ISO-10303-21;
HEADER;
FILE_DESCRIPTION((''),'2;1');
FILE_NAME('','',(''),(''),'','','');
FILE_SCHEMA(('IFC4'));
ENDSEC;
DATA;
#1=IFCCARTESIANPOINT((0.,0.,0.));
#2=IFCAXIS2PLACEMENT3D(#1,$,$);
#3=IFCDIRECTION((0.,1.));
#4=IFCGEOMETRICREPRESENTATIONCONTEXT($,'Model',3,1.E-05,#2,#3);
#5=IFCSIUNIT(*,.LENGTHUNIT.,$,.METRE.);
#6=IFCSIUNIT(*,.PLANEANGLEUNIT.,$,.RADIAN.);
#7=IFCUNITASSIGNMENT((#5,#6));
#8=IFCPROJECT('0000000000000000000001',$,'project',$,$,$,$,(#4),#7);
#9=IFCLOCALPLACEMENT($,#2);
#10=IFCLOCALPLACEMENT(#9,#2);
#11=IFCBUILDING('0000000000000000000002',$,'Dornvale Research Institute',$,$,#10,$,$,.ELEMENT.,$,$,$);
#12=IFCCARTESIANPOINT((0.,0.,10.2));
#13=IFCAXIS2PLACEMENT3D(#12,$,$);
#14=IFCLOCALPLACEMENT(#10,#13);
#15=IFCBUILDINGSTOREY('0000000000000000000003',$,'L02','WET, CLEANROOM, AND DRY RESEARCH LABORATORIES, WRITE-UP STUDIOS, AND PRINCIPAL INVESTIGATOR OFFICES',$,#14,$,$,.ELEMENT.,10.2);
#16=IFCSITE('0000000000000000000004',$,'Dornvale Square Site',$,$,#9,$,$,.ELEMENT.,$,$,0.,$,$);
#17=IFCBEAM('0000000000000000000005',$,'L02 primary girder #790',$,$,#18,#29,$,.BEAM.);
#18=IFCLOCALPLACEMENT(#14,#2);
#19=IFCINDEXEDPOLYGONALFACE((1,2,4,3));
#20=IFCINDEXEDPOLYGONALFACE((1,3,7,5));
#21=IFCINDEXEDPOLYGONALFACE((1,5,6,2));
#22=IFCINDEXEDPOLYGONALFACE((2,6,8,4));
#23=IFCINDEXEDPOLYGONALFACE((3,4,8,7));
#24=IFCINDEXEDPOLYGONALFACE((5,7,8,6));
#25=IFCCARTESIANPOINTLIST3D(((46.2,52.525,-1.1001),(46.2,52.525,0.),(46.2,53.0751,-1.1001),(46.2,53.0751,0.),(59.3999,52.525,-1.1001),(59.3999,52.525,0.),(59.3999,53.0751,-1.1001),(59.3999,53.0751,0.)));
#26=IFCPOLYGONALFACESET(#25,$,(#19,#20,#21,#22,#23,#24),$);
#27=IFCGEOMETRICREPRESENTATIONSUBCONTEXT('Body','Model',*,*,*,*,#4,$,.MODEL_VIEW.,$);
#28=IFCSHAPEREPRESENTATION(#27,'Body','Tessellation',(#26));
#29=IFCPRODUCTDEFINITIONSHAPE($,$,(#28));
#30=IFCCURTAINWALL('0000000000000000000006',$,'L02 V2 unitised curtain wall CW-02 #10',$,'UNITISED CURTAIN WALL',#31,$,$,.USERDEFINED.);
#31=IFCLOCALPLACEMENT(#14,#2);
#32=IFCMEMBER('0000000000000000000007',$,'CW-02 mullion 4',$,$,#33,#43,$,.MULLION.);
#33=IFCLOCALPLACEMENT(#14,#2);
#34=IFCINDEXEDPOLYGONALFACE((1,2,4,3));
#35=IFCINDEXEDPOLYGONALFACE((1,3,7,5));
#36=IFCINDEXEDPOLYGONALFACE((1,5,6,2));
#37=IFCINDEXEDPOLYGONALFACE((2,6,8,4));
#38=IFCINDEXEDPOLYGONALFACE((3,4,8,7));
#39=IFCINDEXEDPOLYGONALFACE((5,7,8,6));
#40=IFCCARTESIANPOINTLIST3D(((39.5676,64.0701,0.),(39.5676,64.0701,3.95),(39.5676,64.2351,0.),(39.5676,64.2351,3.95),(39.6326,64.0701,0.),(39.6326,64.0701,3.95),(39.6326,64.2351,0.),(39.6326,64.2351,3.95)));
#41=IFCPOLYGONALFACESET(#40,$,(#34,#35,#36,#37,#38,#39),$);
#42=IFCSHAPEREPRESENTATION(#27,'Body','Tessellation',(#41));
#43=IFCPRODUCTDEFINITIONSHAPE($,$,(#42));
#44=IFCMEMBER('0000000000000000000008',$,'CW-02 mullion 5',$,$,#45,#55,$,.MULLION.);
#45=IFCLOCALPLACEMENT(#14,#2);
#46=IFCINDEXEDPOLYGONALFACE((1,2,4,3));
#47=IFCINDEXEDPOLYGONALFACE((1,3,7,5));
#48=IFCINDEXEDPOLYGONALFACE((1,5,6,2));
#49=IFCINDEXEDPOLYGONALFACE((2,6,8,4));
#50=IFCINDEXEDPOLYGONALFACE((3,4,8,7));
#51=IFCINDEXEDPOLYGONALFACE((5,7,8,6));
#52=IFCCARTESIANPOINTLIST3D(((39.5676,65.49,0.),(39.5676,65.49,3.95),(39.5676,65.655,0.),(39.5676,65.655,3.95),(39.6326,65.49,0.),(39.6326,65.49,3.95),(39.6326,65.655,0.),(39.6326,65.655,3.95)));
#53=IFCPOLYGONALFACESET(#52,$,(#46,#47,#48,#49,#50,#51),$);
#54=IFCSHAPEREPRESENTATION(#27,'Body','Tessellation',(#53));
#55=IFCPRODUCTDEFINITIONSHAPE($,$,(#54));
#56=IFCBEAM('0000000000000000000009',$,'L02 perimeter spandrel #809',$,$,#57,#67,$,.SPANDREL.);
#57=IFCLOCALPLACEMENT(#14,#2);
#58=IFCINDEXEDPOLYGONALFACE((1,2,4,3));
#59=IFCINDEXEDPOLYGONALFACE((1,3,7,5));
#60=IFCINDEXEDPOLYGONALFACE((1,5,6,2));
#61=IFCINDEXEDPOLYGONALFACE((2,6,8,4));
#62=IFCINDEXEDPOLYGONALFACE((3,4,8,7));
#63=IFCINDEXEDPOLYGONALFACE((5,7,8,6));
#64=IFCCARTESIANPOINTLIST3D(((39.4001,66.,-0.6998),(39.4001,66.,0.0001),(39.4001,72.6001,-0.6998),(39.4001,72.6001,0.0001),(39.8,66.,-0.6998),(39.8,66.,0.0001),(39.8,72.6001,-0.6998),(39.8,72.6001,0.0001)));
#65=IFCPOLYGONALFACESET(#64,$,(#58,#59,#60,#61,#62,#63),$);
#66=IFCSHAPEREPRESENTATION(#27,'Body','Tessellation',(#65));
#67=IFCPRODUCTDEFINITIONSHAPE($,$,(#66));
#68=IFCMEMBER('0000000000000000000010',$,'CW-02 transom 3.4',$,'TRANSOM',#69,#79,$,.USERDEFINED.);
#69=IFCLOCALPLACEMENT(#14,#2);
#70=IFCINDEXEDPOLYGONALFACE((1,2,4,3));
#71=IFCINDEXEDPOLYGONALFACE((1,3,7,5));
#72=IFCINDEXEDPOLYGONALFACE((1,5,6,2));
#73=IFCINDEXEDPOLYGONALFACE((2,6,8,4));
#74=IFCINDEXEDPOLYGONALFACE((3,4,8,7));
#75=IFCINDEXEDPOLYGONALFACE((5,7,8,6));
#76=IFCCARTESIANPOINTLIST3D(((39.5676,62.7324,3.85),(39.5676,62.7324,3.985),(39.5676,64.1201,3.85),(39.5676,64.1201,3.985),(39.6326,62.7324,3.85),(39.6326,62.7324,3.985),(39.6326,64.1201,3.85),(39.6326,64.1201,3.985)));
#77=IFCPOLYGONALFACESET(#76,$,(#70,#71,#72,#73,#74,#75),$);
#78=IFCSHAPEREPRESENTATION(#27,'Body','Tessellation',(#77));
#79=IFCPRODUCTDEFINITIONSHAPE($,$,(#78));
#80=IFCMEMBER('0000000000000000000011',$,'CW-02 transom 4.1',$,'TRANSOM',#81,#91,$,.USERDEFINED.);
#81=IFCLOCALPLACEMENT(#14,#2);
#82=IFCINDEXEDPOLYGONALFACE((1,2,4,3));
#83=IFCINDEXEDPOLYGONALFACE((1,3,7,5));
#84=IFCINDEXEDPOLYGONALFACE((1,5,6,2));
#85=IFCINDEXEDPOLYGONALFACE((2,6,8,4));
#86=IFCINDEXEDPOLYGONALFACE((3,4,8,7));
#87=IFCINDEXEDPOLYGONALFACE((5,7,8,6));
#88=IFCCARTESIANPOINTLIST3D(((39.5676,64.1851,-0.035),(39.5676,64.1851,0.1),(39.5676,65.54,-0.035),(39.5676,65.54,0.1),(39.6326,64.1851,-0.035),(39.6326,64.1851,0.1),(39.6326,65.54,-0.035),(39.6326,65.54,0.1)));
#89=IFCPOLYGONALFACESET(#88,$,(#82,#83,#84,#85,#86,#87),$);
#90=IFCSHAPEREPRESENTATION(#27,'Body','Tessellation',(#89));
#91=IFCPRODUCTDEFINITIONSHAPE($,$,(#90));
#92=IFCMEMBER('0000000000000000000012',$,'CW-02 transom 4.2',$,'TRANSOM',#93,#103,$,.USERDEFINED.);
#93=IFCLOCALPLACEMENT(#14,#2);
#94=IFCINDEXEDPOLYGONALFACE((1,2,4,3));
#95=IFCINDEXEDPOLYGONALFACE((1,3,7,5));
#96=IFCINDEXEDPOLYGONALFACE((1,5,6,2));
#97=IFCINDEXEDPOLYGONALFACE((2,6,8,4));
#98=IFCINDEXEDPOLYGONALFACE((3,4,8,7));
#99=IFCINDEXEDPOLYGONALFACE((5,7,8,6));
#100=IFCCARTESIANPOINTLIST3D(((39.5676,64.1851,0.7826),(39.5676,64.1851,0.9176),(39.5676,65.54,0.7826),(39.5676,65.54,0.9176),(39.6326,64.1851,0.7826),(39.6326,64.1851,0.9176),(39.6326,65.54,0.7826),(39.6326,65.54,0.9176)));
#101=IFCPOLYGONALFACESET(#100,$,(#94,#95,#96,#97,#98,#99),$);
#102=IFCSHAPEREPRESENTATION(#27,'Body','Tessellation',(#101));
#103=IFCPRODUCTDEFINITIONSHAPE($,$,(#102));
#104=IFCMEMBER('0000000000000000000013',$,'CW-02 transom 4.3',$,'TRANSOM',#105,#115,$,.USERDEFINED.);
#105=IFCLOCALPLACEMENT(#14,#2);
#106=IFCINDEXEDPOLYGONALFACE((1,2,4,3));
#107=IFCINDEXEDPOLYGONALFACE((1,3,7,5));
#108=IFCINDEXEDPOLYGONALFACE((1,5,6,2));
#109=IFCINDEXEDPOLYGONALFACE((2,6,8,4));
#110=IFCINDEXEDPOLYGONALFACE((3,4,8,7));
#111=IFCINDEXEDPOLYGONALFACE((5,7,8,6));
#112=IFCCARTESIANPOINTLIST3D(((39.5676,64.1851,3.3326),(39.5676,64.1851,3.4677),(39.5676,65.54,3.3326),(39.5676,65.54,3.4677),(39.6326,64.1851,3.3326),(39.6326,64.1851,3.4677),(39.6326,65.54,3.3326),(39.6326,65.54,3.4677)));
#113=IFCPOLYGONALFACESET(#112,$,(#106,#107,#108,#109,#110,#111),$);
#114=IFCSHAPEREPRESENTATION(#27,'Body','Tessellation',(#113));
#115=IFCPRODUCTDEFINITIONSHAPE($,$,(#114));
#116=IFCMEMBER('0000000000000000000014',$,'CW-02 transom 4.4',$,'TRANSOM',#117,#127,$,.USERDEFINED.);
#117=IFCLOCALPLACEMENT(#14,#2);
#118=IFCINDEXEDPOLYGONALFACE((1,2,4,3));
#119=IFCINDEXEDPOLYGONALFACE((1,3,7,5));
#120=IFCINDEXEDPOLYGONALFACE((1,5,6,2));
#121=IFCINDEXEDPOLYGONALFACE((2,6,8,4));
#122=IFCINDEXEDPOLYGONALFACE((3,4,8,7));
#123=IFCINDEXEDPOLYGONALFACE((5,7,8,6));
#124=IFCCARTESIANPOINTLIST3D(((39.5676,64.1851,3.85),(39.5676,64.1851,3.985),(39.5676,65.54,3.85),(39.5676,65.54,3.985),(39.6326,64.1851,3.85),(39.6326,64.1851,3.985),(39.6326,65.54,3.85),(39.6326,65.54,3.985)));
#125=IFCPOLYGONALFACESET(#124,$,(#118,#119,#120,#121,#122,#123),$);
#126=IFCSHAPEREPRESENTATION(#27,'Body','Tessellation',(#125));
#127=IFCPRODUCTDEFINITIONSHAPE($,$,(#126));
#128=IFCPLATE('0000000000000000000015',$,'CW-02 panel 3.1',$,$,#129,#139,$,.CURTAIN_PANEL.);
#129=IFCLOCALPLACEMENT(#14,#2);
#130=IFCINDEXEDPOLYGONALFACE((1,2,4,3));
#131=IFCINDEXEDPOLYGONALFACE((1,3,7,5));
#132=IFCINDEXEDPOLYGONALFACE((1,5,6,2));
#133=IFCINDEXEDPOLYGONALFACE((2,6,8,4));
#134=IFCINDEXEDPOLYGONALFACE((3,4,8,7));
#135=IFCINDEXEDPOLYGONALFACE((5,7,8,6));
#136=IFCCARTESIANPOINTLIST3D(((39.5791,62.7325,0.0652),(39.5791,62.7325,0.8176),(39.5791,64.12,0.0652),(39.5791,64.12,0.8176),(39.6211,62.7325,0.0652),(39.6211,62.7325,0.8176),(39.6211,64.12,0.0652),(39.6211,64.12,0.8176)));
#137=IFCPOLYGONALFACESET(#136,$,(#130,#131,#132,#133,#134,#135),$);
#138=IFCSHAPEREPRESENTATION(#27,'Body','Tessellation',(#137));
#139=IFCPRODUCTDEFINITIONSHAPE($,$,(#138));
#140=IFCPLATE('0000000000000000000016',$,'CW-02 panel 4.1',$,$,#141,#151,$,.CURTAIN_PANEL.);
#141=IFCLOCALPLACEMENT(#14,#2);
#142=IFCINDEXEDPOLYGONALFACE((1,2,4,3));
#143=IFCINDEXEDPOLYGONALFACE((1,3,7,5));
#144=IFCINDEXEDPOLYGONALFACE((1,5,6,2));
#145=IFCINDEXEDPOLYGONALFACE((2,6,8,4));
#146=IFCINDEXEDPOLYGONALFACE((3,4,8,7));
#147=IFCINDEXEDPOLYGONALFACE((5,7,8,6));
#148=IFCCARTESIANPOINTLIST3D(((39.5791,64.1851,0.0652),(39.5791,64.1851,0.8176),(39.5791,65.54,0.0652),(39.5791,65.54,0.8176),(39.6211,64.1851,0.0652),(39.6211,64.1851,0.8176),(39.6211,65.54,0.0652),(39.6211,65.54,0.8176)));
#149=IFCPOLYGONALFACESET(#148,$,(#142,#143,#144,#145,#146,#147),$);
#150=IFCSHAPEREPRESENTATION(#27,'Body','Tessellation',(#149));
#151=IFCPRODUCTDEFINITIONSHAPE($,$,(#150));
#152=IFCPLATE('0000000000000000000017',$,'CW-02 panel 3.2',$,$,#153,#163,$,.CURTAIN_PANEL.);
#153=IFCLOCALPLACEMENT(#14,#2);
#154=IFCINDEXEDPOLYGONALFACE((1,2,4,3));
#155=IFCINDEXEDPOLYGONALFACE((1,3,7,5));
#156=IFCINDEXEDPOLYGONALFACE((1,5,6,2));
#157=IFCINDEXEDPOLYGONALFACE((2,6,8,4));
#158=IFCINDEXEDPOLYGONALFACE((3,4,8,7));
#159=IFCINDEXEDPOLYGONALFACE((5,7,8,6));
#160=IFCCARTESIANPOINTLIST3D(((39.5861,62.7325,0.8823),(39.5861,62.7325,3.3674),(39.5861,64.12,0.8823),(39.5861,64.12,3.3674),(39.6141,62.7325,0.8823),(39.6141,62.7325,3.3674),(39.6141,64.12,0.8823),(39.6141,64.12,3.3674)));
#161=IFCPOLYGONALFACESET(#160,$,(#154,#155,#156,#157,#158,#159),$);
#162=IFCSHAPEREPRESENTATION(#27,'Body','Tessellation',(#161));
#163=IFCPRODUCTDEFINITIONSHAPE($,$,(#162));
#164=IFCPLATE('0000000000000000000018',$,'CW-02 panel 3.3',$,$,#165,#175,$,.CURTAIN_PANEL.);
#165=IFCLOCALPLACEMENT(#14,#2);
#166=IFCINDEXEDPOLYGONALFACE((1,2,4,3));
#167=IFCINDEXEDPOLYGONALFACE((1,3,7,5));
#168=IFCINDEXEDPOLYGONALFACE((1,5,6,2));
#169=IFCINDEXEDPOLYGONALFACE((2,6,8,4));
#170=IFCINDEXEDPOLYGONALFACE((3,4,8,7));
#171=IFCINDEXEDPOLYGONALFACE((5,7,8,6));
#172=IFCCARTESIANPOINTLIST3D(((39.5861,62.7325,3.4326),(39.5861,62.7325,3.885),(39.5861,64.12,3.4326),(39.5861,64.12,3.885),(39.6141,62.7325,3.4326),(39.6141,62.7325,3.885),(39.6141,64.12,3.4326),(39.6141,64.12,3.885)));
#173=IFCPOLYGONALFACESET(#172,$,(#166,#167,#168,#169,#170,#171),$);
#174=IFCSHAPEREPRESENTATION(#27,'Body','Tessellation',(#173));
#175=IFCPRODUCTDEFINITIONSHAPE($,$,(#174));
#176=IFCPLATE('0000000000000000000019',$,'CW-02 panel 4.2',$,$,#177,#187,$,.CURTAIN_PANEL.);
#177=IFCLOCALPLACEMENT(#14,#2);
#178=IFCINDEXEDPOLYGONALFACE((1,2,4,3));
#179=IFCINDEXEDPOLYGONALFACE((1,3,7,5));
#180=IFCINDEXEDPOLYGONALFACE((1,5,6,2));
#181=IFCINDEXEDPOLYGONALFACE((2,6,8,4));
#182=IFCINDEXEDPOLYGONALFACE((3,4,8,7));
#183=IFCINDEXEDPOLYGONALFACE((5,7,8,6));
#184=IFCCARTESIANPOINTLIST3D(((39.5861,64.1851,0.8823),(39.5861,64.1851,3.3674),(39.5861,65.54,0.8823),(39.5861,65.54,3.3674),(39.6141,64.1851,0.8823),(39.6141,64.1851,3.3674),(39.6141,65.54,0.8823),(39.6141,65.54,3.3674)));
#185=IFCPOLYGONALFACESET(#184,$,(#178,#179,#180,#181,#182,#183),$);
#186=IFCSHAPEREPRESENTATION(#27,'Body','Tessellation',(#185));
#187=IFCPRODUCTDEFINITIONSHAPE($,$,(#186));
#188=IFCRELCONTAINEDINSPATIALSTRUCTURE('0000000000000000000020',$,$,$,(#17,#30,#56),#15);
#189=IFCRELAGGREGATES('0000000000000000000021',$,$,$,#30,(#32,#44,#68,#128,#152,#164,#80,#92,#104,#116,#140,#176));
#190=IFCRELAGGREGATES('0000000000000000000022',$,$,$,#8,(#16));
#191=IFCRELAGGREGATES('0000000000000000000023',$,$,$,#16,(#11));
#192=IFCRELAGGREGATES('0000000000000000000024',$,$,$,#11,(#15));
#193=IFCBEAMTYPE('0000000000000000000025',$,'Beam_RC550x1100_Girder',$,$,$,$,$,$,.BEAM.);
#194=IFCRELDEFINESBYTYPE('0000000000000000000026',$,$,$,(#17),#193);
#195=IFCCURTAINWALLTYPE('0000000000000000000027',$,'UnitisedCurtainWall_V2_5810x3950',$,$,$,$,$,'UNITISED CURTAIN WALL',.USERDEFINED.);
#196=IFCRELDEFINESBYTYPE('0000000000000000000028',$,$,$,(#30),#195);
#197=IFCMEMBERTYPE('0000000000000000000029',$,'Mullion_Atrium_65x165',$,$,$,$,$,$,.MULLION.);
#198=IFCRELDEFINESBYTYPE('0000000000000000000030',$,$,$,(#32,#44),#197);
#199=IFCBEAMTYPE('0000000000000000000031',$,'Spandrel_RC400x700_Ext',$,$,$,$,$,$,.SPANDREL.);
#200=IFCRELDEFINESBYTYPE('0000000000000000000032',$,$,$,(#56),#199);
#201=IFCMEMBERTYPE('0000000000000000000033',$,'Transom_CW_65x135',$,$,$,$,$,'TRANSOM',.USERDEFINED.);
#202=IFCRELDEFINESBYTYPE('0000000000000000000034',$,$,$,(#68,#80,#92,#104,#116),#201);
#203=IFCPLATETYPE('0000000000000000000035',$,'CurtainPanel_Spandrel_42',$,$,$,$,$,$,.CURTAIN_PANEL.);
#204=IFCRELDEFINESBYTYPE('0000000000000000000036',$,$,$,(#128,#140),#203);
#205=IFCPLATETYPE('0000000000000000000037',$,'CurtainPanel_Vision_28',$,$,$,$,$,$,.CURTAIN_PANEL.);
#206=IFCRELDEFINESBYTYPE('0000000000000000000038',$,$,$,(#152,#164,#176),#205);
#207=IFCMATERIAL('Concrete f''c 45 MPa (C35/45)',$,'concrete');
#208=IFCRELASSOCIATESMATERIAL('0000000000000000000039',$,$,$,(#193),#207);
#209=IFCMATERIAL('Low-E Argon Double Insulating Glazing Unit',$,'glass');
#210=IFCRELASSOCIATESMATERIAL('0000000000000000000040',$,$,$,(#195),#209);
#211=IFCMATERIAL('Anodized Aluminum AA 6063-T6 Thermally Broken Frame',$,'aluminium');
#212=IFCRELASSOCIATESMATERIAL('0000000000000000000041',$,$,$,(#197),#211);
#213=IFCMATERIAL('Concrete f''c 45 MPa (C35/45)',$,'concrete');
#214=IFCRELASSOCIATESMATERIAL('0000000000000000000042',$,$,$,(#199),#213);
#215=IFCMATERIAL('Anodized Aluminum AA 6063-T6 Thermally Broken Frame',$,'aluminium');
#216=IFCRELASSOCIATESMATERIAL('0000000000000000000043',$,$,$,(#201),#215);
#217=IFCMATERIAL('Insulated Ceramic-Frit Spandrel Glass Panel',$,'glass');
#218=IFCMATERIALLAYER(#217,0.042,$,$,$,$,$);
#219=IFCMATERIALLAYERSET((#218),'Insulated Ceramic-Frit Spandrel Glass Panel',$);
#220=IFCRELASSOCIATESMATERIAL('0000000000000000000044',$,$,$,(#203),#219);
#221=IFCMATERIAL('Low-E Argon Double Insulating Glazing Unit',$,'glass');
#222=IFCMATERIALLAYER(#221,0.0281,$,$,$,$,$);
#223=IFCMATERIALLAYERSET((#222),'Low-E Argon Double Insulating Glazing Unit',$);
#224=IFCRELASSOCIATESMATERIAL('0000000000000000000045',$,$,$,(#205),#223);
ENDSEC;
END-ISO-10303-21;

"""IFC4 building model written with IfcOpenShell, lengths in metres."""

from ifc_helpers import new_model, si_unit, direction, frame, origin, origin_2d, place, context, subcontext, project, spatial, rectangle, extrude, material, layer, layer_set, material_profile, profile_set, type_object, element, aggregate, save


model = new_model("IFC4")

# Units and contexts
model_context = context("Model", 3, precision=1e-05, world=origin(), true_north=direction((0.0, 1.0)))
body_context = subcontext(model_context, "Body", "Model", "MODEL_VIEW")
ifc_project = project(units=[si_unit("LENGTHUNIT", "METRE"), si_unit("PLANEANGLEUNIT", "RADIAN")], contexts=[model_context])

# Site, building, storey
site_placement = place(None, origin())
site = spatial("IfcSite", under=ifc_project, at=site_placement, Name="Dornvale Square Site", CompositionType="ELEMENT", RefElevation=0.0)
building_placement = place(site_placement, origin())
building = spatial("IfcBuilding", under=site, at=building_placement, Name="Dornvale Research Institute", CompositionType="ELEMENT")
storey_placement = place(building_placement, frame((0.0, 0.0, 10.2)))
storey = spatial("IfcBuildingStorey", under=building, at=storey_placement, Name="L02", Description="WET, CLEANROOM, AND DRY RESEARCH LABORATORIES, WRITE-UP STUDIOS, AND PRINCIPAL INVESTIGATOR OFFICES", CompositionType="ELEMENT", Elevation=10.2)

# Beam
ifc_material_1 = material(Name="Concrete f'c 45 MPa (C35/45)", Category="concrete")
ifc_material_profile_1 = material_profile(ifc_material_1, rectangle(XDim=0.55, YDim=1.1001, at=origin_2d()), Name="RC 550x1100")
ifc_profile_set_1 = profile_set([ifc_material_profile_1], Name="Concrete f'c 45 MPa (C35/45)")
beam_type_1 = type_object("IfcBeamType", Name="Beam_RC550x1100_Girder", PredefinedType="BEAM", material=ifc_profile_set_1)
beam_1_placement = place(storey_placement, frame((46.2, 52.8, -0.55), z_axis=(1.0, 0.0, 0.0), x_axis=(0.0, 1.0, 0.0)))
element("IfcBeam", 1, at=beam_1_placement, inside=storey, type_object=beam_type_1, Name="L02 primary girder #790", PredefinedType="BEAM", context=body_context, shape_type="SweptSolid", body=[
    extrude(rectangle(XDim=0.55, YDim=1.1001, at=origin_2d()), origin(), (0.0, 0.0, 1.0), 13.2),
])

# Curtain wall, members
ifc_material_2 = material(Name="Low-E Argon Double Insulating Glazing Unit", Category="glass")
curtain_wall_type = type_object("IfcCurtainWallType", Name="UnitisedCurtainWall_V2_5810x3950", ElementType="UNITISED CURTAIN WALL", PredefinedType="USERDEFINED", material=ifc_material_2)
curtain_wall_placement = place(storey_placement, origin())
curtain_wall = element("IfcCurtainWall", 2, at=curtain_wall_placement, inside=storey, type_object=curtain_wall_type, Name="L02 V2 unitised curtain wall CW-02 #10", ObjectType="UNITISED CURTAIN WALL", PredefinedType="USERDEFINED")
ifc_material_3 = material(Name="Anodized Aluminum AA 6063-T6 Thermally Broken Frame", Category="aluminium")
ifc_material_profile_2 = material_profile(ifc_material_3, rectangle(XDim=0.0649, YDim=0.165, at=origin_2d()), Name="ALU MULLION 65x165")
ifc_profile_set_2 = profile_set([ifc_material_profile_2], Name="Anodized Aluminum AA 6063-T6 Thermally Broken Frame")
member_type_1 = type_object("IfcMemberType", Name="Mullion_Atrium_65x165", PredefinedType="MULLION", material=ifc_profile_set_2)
member_1_placement = place(storey_placement, frame((39.6001, 64.1526, 0.0), z_axis=(0.0, 0.0, 1.0), x_axis=(-1.0, 0.0, 0.0)))
member_1 = element("IfcMember", 3, at=member_1_placement, type_object=member_type_1, Name="CW-02 mullion 4", PredefinedType="MULLION", context=body_context, shape_type="SweptSolid", body=[
    extrude(rectangle(XDim=0.0649, YDim=0.165, at=origin_2d()), origin(), (0.0, 0.0, 1.0), 3.95),
])
member_2_placement = place(storey_placement, frame((39.6001, 65.5725, 0.0), z_axis=(0.0, 0.0, 1.0), x_axis=(-1.0, 0.0, 0.0)))
member_2 = element("IfcMember", 4, at=member_2_placement, type_object=member_type_1, Name="CW-02 mullion 5", PredefinedType="MULLION", context=body_context, shape_type="SweptSolid", body=[
    extrude(rectangle(XDim=0.0649, YDim=0.165, at=origin_2d()), origin(), (0.0, 0.0, 1.0), 3.95),
])

# Beam
ifc_material_4 = material(Name="Concrete f'c 45 MPa (C35/45)", Category="concrete")
ifc_material_profile_3 = material_profile(ifc_material_4, rectangle(XDim=0.3999, YDim=0.7, at=origin_2d()), Name="RC 400x700")
ifc_profile_set_3 = profile_set([ifc_material_profile_3], Name="Concrete f'c 45 MPa (C35/45)")
beam_type_2 = type_object("IfcBeamType", Name="Spandrel_RC400x700_Ext", PredefinedType="SPANDREL", material=ifc_profile_set_3)
beam_2_placement = place(storey_placement, frame((39.6001, 66.0, -0.3499), z_axis=(0.0, 1.0, 0.0), x_axis=(-1.0, 0.0, 0.0)))
element("IfcBeam", 5, at=beam_2_placement, inside=storey, type_object=beam_type_2, Name="L02 perimeter spandrel #809", PredefinedType="SPANDREL", context=body_context, shape_type="SweptSolid", body=[
    extrude(rectangle(XDim=0.3999, YDim=0.7, at=origin_2d()), origin(), (0.0, 0.0, 1.0), 6.6001),
])

# Members
ifc_material_5 = material(Name="Anodized Aluminum AA 6063-T6 Thermally Broken Frame", Category="aluminium")
ifc_material_profile_4 = material_profile(ifc_material_5, rectangle(XDim=0.0649, YDim=0.135, at=origin_2d()), Name="ALU TRANSOM 65x135")
ifc_profile_set_4 = profile_set([ifc_material_profile_4], Name="Anodized Aluminum AA 6063-T6 Thermally Broken Frame")
member_type_2 = type_object("IfcMemberType", Name="Transom_CW_65x135", ElementType="TRANSOM", PredefinedType="USERDEFINED", material=ifc_profile_set_4)
member_3_placement = place(storey_placement, frame((39.6001, 62.7324, 3.9175), z_axis=(0.0, 1.0, 0.0), x_axis=(-1.0, 0.0, 0.0)))
member_3 = element("IfcMember", 6, at=member_3_placement, type_object=member_type_2, Name="CW-02 transom 3.4", ObjectType="TRANSOM", PredefinedType="USERDEFINED", context=body_context, shape_type="SweptSolid", body=[
    extrude(rectangle(XDim=0.0649, YDim=0.135, at=origin_2d()), origin(), (0.0, 0.0, 1.0), 1.3877),
])
member_4_placement = place(storey_placement, frame((39.6001, 64.1851, 0.0325), z_axis=(0.0, 1.0, 0.0), x_axis=(-1.0, 0.0, 0.0)))
member_4 = element("IfcMember", 7, at=member_4_placement, type_object=member_type_2, Name="CW-02 transom 4.1", ObjectType="TRANSOM", PredefinedType="USERDEFINED", context=body_context, shape_type="SweptSolid", body=[
    extrude(rectangle(XDim=0.0649, YDim=0.135, at=origin_2d()), origin(), (0.0, 0.0, 1.0), 1.355),
])
member_5_placement = place(storey_placement, frame((39.6001, 64.1851, 0.8501), z_axis=(0.0, 1.0, 0.0), x_axis=(-1.0, 0.0, 0.0)))
member_5 = element("IfcMember", 8, at=member_5_placement, type_object=member_type_2, Name="CW-02 transom 4.2", ObjectType="TRANSOM", PredefinedType="USERDEFINED", context=body_context, shape_type="SweptSolid", body=[
    extrude(rectangle(XDim=0.0649, YDim=0.135, at=origin_2d()), origin(), (0.0, 0.0, 1.0), 1.355),
])
member_6_placement = place(storey_placement, frame((39.6001, 64.1851, 3.4001), z_axis=(0.0, 1.0, 0.0), x_axis=(-1.0, 0.0, 0.0)))
member_6 = element("IfcMember", 9, at=member_6_placement, type_object=member_type_2, Name="CW-02 transom 4.3", ObjectType="TRANSOM", PredefinedType="USERDEFINED", context=body_context, shape_type="SweptSolid", body=[
    extrude(rectangle(XDim=0.0649, YDim=0.135, at=origin_2d()), origin(), (0.0, 0.0, 1.0), 1.355),
])
member_7_placement = place(storey_placement, frame((39.6001, 64.1851, 3.9175), z_axis=(0.0, 1.0, 0.0), x_axis=(-1.0, 0.0, 0.0)))
member_7 = element("IfcMember", 10, at=member_7_placement, type_object=member_type_2, Name="CW-02 transom 4.4", ObjectType="TRANSOM", PredefinedType="USERDEFINED", context=body_context, shape_type="SweptSolid", body=[
    extrude(rectangle(XDim=0.0649, YDim=0.135, at=origin_2d()), origin(), (0.0, 0.0, 1.0), 1.355),
])

# Plates
ifc_material_6 = material(Name="Insulated Ceramic-Frit Spandrel Glass Panel", Category="glass")
ifc_layer_1 = layer(ifc_material_6, 0.042)
ifc_layer_set_1 = layer_set([ifc_layer_1], Name="Insulated Ceramic-Frit Spandrel Glass Panel")
plate_type_1 = type_object("IfcPlateType", Name="CurtainPanel_Spandrel_42", PredefinedType="CURTAIN_PANEL", material=ifc_layer_set_1)
plate_1_placement = place(storey_placement, frame((39.6001, 63.4263, 0.0652), z_axis=(0.0, 0.0, 1.0), x_axis=(0.0, 1.0, 0.0)))
plate_1 = element("IfcPlate", 11, at=plate_1_placement, type_object=plate_type_1, Name="CW-02 panel 3.1", PredefinedType="CURTAIN_PANEL", context=body_context, shape_type="SweptSolid", body=[
    extrude(rectangle(XDim=1.3875, YDim=0.042, at=origin_2d()), origin(), (0.0, 0.0, 1.0), 0.7524),
])
plate_2_placement = place(storey_placement, frame((39.6001, 64.8625, 0.0652), z_axis=(0.0, 0.0, 1.0), x_axis=(0.0, 1.0, 0.0)))
plate_2 = element("IfcPlate", 12, at=plate_2_placement, type_object=plate_type_1, Name="CW-02 panel 4.1", PredefinedType="CURTAIN_PANEL", context=body_context, shape_type="SweptSolid", body=[
    extrude(rectangle(XDim=1.355, YDim=0.042, at=origin_2d()), origin(), (0.0, 0.0, 1.0), 0.7524),
])
ifc_material_7 = material(Name="Low-E Argon Double Insulating Glazing Unit", Category="glass")
ifc_layer_2 = layer(ifc_material_7, 0.0281)
ifc_layer_set_2 = layer_set([ifc_layer_2], Name="Low-E Argon Double Insulating Glazing Unit")
plate_type_2 = type_object("IfcPlateType", Name="CurtainPanel_Vision_28", PredefinedType="CURTAIN_PANEL", material=ifc_layer_set_2)
plate_3_placement = place(storey_placement, frame((39.6001, 63.4263, 0.8823), z_axis=(0.0, 0.0, 1.0), x_axis=(0.0, 1.0, 0.0)))
plate_3 = element("IfcPlate", 13, at=plate_3_placement, type_object=plate_type_2, Name="CW-02 panel 3.2", PredefinedType="CURTAIN_PANEL", context=body_context, shape_type="SweptSolid", body=[
    extrude(rectangle(XDim=1.3875, YDim=0.0281, at=origin_2d()), origin(), (0.0, 0.0, 1.0), 2.4851),
])
plate_4_placement = place(storey_placement, frame((39.6001, 63.4263, 3.4326), z_axis=(0.0, 0.0, 1.0), x_axis=(0.0, 1.0, 0.0)))
plate_4 = element("IfcPlate", 14, at=plate_4_placement, type_object=plate_type_2, Name="CW-02 panel 3.3", PredefinedType="CURTAIN_PANEL", context=body_context, shape_type="SweptSolid", body=[
    extrude(rectangle(XDim=1.3875, YDim=0.0281, at=origin_2d()), origin(), (0.0, 0.0, 1.0), 0.4524),
])
plate_5_placement = place(storey_placement, frame((39.6001, 64.8625, 0.8823), z_axis=(0.0, 0.0, 1.0), x_axis=(0.0, 1.0, 0.0)))
plate_5 = element("IfcPlate", 15, at=plate_5_placement, type_object=plate_type_2, Name="CW-02 panel 4.2", PredefinedType="CURTAIN_PANEL", context=body_context, shape_type="SweptSolid", body=[
    extrude(rectangle(XDim=1.355, YDim=0.0281, at=origin_2d()), origin(), (0.0, 0.0, 1.0), 2.4851),
])
aggregate(curtain_wall, [member_1, member_2, member_3, plate_1, plate_3, plate_4, member_4, member_5, member_6, member_7, plate_2, plate_5])

save(model, "model.ifc")
